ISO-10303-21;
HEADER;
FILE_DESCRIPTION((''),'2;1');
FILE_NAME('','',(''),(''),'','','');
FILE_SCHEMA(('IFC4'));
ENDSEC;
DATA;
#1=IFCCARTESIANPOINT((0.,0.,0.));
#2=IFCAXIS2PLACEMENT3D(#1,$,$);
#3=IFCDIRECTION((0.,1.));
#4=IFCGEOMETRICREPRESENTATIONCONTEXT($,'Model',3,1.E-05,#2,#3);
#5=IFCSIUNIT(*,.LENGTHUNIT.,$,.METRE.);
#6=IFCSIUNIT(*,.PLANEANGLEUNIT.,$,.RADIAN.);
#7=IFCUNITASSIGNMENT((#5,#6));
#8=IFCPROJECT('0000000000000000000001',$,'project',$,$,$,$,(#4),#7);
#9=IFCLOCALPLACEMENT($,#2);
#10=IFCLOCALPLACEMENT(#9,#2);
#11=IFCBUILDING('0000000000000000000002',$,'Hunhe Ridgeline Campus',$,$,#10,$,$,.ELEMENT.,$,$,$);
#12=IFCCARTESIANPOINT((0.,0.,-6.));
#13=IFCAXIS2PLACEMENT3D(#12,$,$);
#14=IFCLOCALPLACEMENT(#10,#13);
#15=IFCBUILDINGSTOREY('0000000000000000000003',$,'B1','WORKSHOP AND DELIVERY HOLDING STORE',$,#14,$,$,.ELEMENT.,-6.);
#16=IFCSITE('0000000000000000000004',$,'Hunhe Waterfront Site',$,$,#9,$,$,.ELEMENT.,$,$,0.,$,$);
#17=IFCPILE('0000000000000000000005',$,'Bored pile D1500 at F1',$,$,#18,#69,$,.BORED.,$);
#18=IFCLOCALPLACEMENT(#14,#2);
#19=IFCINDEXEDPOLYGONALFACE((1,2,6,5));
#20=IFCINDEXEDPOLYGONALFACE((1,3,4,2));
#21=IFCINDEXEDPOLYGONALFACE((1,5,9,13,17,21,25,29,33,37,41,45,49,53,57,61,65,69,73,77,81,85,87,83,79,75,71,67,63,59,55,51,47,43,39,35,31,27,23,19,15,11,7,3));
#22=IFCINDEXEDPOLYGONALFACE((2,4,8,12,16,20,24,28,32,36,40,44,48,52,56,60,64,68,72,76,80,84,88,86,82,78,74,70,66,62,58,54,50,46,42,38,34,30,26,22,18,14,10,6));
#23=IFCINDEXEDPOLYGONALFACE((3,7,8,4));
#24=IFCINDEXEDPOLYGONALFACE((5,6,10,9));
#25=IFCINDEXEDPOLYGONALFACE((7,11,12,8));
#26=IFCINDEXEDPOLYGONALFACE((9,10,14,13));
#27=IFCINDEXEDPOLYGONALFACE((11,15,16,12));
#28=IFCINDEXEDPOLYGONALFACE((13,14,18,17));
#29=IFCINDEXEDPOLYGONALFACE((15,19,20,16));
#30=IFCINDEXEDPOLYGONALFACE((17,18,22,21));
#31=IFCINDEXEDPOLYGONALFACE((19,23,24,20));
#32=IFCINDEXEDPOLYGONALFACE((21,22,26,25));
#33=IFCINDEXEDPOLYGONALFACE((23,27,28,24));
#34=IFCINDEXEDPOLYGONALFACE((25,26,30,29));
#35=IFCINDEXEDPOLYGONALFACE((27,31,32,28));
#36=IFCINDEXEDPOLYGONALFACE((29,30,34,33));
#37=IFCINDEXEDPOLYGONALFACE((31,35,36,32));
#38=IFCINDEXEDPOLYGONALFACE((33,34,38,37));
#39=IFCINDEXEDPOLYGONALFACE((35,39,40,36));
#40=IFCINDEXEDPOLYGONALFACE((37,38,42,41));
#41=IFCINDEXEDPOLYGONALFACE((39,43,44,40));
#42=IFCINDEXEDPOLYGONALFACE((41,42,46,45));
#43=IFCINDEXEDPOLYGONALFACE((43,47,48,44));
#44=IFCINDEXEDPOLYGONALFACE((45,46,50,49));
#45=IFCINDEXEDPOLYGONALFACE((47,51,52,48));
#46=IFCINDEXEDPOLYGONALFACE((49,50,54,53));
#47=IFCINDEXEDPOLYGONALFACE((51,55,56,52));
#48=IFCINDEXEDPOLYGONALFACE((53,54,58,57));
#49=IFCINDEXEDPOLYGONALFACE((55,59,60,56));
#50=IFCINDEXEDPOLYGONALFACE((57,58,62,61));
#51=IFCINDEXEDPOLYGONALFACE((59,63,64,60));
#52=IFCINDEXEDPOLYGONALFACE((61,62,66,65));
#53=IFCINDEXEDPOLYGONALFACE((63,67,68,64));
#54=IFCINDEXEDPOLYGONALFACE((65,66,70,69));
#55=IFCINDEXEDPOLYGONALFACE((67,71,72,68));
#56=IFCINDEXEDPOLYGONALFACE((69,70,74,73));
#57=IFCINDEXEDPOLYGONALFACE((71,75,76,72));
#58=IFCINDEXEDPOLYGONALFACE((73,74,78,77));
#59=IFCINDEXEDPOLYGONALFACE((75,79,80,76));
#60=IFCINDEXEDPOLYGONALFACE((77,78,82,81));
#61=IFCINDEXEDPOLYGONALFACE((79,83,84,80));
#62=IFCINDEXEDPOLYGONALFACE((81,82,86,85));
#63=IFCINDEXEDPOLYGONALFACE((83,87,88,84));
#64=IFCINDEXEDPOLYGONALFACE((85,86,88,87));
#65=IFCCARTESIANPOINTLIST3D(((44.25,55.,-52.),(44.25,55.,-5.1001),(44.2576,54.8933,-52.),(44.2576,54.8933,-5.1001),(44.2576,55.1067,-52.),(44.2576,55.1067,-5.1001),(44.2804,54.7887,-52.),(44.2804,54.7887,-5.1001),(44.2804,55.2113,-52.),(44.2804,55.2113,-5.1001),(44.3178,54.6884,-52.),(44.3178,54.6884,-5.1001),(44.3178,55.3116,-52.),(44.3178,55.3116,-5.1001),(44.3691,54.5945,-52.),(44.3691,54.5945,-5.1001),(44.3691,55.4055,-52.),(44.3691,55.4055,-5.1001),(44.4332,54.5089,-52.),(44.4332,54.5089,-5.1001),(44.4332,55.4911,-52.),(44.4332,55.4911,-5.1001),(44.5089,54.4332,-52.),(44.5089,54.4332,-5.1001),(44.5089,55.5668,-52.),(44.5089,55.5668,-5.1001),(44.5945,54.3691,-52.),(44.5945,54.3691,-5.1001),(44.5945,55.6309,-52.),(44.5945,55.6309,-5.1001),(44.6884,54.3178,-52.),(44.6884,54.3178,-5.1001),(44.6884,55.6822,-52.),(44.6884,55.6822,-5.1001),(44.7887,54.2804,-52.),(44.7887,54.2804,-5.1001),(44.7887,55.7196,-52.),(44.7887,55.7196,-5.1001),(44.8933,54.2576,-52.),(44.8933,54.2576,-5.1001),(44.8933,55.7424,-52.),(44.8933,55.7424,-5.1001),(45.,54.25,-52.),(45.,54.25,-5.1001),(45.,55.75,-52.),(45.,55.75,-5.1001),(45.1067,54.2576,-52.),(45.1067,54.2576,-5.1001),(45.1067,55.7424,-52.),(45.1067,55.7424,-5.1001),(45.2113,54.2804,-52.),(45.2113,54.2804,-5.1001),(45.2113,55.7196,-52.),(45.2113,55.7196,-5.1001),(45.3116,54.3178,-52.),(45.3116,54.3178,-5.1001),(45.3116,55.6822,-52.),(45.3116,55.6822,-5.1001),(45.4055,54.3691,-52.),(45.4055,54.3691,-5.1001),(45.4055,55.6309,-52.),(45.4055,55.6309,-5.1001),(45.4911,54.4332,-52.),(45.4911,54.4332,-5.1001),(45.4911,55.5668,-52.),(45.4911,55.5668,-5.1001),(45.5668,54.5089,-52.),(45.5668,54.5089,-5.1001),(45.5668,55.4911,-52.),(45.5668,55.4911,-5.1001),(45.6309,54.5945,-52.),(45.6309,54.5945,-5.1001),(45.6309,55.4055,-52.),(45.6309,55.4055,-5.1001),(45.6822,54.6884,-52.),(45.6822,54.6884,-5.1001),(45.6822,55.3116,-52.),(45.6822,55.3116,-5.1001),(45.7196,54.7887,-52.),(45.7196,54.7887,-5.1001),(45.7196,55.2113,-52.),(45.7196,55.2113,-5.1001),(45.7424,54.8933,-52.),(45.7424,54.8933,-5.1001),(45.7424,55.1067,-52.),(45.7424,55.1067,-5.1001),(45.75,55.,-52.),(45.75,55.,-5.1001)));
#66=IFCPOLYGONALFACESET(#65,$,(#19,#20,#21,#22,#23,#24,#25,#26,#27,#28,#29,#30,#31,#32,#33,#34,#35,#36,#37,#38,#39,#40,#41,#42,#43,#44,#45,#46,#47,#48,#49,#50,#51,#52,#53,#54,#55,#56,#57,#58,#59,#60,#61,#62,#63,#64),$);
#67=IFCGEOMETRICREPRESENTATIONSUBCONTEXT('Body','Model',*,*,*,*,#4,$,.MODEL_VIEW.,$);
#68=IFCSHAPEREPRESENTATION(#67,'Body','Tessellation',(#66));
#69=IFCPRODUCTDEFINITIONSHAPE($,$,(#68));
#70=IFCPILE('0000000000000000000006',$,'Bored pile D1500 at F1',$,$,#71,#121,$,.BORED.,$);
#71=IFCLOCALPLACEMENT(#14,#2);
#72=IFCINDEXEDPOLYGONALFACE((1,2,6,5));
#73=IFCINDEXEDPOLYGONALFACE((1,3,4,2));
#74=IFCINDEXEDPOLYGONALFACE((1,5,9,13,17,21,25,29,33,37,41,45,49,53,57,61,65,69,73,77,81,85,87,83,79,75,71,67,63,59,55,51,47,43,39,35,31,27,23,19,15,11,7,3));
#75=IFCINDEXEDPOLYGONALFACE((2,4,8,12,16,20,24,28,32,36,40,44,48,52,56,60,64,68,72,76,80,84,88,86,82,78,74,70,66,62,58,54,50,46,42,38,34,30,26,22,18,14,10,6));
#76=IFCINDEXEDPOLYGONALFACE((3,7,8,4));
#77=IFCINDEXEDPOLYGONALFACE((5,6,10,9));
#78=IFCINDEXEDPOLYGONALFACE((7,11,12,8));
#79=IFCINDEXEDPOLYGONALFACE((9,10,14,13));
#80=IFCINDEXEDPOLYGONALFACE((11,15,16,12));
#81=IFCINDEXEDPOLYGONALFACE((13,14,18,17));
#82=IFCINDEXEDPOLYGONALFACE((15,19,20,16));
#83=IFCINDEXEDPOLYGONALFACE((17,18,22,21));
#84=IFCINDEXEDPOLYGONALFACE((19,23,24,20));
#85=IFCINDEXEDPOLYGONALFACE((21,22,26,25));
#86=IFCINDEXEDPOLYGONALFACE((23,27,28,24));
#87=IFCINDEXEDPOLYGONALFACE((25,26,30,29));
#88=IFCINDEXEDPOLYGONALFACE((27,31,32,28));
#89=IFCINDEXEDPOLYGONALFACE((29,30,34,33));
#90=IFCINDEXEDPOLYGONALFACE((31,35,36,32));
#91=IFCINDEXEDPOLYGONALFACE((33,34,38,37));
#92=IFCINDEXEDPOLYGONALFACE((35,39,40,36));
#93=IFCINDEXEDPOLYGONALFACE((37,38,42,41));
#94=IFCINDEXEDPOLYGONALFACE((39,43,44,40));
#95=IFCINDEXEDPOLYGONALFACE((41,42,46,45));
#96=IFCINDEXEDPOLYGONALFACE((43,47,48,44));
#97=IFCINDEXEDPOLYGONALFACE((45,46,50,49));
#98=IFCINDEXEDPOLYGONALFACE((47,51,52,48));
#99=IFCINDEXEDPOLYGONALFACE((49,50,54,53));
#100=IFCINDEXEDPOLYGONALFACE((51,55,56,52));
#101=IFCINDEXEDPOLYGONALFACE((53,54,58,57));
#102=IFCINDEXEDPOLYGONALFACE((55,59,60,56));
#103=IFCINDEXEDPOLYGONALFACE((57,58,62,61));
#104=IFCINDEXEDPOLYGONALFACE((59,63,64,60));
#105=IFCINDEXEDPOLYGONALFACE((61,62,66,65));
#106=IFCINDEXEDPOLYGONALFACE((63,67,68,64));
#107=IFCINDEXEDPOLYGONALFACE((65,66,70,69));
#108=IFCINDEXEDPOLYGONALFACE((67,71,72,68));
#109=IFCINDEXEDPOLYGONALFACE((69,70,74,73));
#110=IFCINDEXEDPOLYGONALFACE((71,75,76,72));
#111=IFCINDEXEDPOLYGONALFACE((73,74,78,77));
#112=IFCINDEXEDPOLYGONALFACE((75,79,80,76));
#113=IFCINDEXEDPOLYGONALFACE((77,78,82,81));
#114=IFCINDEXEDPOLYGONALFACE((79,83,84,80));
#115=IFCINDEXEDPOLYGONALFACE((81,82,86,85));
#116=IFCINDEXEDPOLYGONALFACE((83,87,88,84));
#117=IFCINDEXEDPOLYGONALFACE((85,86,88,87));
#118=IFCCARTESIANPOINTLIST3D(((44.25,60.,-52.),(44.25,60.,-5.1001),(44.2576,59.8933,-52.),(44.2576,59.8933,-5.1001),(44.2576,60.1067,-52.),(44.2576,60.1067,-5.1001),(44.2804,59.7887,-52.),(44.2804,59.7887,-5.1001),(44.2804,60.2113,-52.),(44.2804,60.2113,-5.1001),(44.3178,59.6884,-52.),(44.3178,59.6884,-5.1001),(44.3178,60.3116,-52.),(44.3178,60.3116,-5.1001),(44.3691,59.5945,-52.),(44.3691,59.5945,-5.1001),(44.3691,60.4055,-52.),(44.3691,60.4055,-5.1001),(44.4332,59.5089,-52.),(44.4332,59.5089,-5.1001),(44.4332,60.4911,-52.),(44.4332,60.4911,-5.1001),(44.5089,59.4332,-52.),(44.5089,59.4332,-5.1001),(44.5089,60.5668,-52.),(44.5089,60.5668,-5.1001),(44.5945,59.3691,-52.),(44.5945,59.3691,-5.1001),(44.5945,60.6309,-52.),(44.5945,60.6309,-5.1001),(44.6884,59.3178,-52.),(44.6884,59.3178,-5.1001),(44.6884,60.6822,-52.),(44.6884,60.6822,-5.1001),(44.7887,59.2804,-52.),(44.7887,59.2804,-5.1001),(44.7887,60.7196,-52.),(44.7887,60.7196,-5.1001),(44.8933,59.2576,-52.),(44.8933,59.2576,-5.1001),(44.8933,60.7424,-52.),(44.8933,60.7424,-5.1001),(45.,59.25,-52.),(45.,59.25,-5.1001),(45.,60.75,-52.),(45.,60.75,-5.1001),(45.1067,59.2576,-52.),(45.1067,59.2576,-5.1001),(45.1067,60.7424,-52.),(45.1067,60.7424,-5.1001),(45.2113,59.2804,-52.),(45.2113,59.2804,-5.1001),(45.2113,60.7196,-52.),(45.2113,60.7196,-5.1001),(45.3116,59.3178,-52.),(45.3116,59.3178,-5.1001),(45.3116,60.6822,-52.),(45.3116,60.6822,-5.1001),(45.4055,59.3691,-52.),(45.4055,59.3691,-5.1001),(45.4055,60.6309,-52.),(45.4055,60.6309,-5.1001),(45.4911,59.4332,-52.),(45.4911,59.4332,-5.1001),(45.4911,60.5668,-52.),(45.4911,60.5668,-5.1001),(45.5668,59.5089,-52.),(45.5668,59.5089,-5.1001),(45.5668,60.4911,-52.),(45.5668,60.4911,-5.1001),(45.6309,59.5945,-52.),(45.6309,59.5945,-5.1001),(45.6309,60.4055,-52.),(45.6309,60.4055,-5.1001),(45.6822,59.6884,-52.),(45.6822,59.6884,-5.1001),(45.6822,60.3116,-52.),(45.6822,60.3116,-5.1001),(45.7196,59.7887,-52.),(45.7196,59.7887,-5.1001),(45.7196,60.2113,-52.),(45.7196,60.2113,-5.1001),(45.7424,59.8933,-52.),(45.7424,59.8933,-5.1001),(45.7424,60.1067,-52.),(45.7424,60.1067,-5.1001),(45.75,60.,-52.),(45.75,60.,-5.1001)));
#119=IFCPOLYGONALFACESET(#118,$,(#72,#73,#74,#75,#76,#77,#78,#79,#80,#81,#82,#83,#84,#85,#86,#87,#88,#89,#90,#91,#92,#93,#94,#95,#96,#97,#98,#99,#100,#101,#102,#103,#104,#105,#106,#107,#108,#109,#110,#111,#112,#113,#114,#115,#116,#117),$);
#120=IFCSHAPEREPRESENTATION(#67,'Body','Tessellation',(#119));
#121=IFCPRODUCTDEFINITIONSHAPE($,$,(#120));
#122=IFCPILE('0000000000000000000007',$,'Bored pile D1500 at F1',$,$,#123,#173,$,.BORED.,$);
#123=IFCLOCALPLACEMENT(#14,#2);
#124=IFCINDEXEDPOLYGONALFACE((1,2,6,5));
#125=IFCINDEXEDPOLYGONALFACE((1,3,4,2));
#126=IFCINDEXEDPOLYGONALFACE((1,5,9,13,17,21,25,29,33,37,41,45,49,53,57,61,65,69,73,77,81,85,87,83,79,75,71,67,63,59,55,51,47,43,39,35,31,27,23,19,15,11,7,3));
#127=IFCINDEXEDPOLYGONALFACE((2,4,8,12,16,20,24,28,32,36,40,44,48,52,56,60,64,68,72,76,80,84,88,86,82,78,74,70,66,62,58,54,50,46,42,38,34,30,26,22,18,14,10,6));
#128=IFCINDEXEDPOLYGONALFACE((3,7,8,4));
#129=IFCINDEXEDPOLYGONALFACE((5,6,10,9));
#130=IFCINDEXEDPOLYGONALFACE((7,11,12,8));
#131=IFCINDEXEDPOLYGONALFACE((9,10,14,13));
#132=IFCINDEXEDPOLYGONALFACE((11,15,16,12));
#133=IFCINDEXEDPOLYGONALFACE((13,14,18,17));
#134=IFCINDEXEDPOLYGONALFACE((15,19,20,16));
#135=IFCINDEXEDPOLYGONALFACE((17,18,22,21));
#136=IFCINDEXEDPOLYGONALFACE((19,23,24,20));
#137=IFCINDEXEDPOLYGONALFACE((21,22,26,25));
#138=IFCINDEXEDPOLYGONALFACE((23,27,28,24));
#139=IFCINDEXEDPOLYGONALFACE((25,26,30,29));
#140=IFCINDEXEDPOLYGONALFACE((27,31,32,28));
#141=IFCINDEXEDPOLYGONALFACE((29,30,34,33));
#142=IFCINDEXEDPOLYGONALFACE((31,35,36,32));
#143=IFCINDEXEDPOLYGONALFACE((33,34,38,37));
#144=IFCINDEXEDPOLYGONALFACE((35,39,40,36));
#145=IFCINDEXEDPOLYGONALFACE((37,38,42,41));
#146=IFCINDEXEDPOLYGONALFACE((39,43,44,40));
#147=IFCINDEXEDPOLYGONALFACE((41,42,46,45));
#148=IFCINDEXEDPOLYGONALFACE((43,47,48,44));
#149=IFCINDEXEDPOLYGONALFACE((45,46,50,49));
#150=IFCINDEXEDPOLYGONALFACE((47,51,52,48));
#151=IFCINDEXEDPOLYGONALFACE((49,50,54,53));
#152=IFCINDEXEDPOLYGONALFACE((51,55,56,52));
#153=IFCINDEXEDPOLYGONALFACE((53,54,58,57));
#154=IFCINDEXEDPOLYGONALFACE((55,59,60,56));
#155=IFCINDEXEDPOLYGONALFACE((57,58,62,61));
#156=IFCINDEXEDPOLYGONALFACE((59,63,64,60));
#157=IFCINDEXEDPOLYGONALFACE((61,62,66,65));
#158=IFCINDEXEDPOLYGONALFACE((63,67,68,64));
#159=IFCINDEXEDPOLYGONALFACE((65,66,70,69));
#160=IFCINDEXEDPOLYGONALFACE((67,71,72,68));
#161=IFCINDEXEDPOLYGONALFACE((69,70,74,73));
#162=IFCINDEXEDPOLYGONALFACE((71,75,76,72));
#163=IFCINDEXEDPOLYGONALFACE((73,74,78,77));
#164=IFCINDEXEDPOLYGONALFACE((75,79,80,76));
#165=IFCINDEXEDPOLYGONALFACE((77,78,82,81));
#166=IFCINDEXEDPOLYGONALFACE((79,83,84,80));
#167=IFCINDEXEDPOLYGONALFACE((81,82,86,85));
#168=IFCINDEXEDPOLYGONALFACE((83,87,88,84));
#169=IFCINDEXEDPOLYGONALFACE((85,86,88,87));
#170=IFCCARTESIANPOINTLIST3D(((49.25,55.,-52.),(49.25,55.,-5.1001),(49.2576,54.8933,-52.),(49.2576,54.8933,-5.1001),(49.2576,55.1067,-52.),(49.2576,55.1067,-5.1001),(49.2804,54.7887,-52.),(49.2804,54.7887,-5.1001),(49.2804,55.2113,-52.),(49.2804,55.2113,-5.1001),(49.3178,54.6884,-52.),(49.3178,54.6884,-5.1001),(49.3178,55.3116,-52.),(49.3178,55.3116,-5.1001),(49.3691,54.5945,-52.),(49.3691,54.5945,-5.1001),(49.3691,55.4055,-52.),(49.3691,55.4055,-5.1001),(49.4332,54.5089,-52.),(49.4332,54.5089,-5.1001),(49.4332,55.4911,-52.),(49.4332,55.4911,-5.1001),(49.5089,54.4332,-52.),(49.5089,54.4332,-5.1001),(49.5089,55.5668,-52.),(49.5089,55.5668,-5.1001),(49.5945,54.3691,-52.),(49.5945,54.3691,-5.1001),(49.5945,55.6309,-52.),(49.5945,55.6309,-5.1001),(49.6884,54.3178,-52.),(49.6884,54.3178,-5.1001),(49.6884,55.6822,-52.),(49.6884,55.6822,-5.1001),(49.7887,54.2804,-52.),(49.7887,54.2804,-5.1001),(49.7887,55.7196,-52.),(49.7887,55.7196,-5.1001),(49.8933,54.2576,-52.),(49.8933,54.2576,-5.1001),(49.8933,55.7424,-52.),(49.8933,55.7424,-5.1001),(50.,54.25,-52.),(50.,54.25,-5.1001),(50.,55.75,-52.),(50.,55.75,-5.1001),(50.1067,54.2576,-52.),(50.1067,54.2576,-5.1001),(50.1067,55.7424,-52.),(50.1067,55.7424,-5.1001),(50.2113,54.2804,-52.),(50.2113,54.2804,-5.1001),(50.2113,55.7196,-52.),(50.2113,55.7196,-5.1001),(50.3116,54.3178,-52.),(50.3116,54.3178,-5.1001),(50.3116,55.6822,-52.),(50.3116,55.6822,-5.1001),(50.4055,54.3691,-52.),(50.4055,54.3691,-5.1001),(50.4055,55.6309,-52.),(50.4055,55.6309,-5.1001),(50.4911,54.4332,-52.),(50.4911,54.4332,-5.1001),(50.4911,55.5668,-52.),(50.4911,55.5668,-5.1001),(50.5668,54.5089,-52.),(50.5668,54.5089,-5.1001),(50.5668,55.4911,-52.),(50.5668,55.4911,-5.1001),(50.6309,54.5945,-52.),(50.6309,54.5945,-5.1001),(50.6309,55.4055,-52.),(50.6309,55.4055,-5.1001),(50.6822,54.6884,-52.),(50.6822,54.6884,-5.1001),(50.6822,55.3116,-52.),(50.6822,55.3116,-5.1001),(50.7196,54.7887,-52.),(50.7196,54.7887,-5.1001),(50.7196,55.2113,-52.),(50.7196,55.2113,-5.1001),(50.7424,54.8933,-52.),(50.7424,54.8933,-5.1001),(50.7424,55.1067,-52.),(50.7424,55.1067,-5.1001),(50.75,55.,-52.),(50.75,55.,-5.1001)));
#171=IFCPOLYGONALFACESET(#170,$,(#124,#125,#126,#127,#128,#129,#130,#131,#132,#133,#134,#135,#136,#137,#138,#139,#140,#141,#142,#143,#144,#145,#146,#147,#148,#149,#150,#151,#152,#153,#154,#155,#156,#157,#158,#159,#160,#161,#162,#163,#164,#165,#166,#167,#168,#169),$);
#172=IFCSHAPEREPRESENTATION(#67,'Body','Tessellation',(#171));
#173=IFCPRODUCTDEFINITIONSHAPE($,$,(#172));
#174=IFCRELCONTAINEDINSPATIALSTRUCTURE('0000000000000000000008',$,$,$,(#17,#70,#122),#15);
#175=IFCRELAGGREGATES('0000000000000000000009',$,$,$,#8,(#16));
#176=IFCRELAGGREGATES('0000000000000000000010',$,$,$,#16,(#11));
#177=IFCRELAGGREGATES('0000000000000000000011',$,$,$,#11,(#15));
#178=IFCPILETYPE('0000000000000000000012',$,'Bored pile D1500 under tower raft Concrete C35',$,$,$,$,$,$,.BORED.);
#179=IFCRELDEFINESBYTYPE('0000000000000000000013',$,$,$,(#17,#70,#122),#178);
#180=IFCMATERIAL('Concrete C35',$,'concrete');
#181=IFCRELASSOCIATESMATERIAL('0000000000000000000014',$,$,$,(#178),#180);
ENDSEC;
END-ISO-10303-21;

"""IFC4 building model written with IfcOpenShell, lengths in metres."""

from ifc_helpers import new_model, si_unit, direction, frame, origin, origin_2d, place, context, subcontext, project, spatial, circle, extrude, material, material_profile, profile_set, type_object, element, save


model = new_model("IFC4")

# Units and contexts
model_context = context("Model", 3, precision=1e-05, world=origin(), true_north=direction((0.0, 1.0)))
body_context = subcontext(model_context, "Body", "Model", "MODEL_VIEW")
ifc_project = project(units=[si_unit("LENGTHUNIT", "METRE"), si_unit("PLANEANGLEUNIT", "RADIAN")], contexts=[model_context])

# Site, building, storey
site_placement = place(None, origin())
site = spatial("IfcSite", under=ifc_project, at=site_placement, Name="Hunhe Waterfront Site", CompositionType="ELEMENT", RefElevation=0.0)
building_placement = place(site_placement, origin())
building = spatial("IfcBuilding", under=site, at=building_placement, Name="Hunhe Ridgeline Campus", CompositionType="ELEMENT")
storey_placement = place(building_placement, frame((0.0, 0.0, -6.0)))
storey = spatial("IfcBuildingStorey", under=building, at=storey_placement, Name="B1", Description="WORKSHOP AND DELIVERY HOLDING STORE", CompositionType="ELEMENT", Elevation=-6.0)

# Piles
ifc_material_1 = material(Name="Concrete C35", Category="concrete")
ifc_material_profile_1 = material_profile(ifc_material_1, circle(Radius=0.75, at=origin_2d()))
ifc_profile_set_1 = profile_set([ifc_material_profile_1], Name="Concrete C35")
pile_type_1 = type_object("IfcPileType", Name="Bored pile D1500 under tower raft Concrete C35", PredefinedType="BORED", material=ifc_profile_set_1)
for number, where, z_axis, x_axis, name in (
    (1, (45.0, 55.0, -5.1001), (0.0, 0.0, -1.0), (1.0, 0.0, 0.0), "Bored pile D1500 at F1"),
    (2, (45.0, 60.0, -5.1001), (0.0, 0.0, -1.0), (1.0, 0.0, 0.0), "Bored pile D1500 at F1"),
    (3, (50.0, 55.0, -5.1001), (0.0, 0.0, -1.0), (1.0, 0.0, 0.0), "Bored pile D1500 at F1"),
):
    element("IfcPile", number, at=place(storey_placement, frame(where, z_axis=z_axis, x_axis=x_axis)), inside=storey, type_object=pile_type_1, Name=name, PredefinedType="BORED", context=body_context, shape_type="SweptSolid", body=[
        extrude(circle(Radius=0.75, at=origin_2d()), origin(), (0.0, 0.0, 1.0), 46.8999),
    ])

save(model, "model.ifc")
